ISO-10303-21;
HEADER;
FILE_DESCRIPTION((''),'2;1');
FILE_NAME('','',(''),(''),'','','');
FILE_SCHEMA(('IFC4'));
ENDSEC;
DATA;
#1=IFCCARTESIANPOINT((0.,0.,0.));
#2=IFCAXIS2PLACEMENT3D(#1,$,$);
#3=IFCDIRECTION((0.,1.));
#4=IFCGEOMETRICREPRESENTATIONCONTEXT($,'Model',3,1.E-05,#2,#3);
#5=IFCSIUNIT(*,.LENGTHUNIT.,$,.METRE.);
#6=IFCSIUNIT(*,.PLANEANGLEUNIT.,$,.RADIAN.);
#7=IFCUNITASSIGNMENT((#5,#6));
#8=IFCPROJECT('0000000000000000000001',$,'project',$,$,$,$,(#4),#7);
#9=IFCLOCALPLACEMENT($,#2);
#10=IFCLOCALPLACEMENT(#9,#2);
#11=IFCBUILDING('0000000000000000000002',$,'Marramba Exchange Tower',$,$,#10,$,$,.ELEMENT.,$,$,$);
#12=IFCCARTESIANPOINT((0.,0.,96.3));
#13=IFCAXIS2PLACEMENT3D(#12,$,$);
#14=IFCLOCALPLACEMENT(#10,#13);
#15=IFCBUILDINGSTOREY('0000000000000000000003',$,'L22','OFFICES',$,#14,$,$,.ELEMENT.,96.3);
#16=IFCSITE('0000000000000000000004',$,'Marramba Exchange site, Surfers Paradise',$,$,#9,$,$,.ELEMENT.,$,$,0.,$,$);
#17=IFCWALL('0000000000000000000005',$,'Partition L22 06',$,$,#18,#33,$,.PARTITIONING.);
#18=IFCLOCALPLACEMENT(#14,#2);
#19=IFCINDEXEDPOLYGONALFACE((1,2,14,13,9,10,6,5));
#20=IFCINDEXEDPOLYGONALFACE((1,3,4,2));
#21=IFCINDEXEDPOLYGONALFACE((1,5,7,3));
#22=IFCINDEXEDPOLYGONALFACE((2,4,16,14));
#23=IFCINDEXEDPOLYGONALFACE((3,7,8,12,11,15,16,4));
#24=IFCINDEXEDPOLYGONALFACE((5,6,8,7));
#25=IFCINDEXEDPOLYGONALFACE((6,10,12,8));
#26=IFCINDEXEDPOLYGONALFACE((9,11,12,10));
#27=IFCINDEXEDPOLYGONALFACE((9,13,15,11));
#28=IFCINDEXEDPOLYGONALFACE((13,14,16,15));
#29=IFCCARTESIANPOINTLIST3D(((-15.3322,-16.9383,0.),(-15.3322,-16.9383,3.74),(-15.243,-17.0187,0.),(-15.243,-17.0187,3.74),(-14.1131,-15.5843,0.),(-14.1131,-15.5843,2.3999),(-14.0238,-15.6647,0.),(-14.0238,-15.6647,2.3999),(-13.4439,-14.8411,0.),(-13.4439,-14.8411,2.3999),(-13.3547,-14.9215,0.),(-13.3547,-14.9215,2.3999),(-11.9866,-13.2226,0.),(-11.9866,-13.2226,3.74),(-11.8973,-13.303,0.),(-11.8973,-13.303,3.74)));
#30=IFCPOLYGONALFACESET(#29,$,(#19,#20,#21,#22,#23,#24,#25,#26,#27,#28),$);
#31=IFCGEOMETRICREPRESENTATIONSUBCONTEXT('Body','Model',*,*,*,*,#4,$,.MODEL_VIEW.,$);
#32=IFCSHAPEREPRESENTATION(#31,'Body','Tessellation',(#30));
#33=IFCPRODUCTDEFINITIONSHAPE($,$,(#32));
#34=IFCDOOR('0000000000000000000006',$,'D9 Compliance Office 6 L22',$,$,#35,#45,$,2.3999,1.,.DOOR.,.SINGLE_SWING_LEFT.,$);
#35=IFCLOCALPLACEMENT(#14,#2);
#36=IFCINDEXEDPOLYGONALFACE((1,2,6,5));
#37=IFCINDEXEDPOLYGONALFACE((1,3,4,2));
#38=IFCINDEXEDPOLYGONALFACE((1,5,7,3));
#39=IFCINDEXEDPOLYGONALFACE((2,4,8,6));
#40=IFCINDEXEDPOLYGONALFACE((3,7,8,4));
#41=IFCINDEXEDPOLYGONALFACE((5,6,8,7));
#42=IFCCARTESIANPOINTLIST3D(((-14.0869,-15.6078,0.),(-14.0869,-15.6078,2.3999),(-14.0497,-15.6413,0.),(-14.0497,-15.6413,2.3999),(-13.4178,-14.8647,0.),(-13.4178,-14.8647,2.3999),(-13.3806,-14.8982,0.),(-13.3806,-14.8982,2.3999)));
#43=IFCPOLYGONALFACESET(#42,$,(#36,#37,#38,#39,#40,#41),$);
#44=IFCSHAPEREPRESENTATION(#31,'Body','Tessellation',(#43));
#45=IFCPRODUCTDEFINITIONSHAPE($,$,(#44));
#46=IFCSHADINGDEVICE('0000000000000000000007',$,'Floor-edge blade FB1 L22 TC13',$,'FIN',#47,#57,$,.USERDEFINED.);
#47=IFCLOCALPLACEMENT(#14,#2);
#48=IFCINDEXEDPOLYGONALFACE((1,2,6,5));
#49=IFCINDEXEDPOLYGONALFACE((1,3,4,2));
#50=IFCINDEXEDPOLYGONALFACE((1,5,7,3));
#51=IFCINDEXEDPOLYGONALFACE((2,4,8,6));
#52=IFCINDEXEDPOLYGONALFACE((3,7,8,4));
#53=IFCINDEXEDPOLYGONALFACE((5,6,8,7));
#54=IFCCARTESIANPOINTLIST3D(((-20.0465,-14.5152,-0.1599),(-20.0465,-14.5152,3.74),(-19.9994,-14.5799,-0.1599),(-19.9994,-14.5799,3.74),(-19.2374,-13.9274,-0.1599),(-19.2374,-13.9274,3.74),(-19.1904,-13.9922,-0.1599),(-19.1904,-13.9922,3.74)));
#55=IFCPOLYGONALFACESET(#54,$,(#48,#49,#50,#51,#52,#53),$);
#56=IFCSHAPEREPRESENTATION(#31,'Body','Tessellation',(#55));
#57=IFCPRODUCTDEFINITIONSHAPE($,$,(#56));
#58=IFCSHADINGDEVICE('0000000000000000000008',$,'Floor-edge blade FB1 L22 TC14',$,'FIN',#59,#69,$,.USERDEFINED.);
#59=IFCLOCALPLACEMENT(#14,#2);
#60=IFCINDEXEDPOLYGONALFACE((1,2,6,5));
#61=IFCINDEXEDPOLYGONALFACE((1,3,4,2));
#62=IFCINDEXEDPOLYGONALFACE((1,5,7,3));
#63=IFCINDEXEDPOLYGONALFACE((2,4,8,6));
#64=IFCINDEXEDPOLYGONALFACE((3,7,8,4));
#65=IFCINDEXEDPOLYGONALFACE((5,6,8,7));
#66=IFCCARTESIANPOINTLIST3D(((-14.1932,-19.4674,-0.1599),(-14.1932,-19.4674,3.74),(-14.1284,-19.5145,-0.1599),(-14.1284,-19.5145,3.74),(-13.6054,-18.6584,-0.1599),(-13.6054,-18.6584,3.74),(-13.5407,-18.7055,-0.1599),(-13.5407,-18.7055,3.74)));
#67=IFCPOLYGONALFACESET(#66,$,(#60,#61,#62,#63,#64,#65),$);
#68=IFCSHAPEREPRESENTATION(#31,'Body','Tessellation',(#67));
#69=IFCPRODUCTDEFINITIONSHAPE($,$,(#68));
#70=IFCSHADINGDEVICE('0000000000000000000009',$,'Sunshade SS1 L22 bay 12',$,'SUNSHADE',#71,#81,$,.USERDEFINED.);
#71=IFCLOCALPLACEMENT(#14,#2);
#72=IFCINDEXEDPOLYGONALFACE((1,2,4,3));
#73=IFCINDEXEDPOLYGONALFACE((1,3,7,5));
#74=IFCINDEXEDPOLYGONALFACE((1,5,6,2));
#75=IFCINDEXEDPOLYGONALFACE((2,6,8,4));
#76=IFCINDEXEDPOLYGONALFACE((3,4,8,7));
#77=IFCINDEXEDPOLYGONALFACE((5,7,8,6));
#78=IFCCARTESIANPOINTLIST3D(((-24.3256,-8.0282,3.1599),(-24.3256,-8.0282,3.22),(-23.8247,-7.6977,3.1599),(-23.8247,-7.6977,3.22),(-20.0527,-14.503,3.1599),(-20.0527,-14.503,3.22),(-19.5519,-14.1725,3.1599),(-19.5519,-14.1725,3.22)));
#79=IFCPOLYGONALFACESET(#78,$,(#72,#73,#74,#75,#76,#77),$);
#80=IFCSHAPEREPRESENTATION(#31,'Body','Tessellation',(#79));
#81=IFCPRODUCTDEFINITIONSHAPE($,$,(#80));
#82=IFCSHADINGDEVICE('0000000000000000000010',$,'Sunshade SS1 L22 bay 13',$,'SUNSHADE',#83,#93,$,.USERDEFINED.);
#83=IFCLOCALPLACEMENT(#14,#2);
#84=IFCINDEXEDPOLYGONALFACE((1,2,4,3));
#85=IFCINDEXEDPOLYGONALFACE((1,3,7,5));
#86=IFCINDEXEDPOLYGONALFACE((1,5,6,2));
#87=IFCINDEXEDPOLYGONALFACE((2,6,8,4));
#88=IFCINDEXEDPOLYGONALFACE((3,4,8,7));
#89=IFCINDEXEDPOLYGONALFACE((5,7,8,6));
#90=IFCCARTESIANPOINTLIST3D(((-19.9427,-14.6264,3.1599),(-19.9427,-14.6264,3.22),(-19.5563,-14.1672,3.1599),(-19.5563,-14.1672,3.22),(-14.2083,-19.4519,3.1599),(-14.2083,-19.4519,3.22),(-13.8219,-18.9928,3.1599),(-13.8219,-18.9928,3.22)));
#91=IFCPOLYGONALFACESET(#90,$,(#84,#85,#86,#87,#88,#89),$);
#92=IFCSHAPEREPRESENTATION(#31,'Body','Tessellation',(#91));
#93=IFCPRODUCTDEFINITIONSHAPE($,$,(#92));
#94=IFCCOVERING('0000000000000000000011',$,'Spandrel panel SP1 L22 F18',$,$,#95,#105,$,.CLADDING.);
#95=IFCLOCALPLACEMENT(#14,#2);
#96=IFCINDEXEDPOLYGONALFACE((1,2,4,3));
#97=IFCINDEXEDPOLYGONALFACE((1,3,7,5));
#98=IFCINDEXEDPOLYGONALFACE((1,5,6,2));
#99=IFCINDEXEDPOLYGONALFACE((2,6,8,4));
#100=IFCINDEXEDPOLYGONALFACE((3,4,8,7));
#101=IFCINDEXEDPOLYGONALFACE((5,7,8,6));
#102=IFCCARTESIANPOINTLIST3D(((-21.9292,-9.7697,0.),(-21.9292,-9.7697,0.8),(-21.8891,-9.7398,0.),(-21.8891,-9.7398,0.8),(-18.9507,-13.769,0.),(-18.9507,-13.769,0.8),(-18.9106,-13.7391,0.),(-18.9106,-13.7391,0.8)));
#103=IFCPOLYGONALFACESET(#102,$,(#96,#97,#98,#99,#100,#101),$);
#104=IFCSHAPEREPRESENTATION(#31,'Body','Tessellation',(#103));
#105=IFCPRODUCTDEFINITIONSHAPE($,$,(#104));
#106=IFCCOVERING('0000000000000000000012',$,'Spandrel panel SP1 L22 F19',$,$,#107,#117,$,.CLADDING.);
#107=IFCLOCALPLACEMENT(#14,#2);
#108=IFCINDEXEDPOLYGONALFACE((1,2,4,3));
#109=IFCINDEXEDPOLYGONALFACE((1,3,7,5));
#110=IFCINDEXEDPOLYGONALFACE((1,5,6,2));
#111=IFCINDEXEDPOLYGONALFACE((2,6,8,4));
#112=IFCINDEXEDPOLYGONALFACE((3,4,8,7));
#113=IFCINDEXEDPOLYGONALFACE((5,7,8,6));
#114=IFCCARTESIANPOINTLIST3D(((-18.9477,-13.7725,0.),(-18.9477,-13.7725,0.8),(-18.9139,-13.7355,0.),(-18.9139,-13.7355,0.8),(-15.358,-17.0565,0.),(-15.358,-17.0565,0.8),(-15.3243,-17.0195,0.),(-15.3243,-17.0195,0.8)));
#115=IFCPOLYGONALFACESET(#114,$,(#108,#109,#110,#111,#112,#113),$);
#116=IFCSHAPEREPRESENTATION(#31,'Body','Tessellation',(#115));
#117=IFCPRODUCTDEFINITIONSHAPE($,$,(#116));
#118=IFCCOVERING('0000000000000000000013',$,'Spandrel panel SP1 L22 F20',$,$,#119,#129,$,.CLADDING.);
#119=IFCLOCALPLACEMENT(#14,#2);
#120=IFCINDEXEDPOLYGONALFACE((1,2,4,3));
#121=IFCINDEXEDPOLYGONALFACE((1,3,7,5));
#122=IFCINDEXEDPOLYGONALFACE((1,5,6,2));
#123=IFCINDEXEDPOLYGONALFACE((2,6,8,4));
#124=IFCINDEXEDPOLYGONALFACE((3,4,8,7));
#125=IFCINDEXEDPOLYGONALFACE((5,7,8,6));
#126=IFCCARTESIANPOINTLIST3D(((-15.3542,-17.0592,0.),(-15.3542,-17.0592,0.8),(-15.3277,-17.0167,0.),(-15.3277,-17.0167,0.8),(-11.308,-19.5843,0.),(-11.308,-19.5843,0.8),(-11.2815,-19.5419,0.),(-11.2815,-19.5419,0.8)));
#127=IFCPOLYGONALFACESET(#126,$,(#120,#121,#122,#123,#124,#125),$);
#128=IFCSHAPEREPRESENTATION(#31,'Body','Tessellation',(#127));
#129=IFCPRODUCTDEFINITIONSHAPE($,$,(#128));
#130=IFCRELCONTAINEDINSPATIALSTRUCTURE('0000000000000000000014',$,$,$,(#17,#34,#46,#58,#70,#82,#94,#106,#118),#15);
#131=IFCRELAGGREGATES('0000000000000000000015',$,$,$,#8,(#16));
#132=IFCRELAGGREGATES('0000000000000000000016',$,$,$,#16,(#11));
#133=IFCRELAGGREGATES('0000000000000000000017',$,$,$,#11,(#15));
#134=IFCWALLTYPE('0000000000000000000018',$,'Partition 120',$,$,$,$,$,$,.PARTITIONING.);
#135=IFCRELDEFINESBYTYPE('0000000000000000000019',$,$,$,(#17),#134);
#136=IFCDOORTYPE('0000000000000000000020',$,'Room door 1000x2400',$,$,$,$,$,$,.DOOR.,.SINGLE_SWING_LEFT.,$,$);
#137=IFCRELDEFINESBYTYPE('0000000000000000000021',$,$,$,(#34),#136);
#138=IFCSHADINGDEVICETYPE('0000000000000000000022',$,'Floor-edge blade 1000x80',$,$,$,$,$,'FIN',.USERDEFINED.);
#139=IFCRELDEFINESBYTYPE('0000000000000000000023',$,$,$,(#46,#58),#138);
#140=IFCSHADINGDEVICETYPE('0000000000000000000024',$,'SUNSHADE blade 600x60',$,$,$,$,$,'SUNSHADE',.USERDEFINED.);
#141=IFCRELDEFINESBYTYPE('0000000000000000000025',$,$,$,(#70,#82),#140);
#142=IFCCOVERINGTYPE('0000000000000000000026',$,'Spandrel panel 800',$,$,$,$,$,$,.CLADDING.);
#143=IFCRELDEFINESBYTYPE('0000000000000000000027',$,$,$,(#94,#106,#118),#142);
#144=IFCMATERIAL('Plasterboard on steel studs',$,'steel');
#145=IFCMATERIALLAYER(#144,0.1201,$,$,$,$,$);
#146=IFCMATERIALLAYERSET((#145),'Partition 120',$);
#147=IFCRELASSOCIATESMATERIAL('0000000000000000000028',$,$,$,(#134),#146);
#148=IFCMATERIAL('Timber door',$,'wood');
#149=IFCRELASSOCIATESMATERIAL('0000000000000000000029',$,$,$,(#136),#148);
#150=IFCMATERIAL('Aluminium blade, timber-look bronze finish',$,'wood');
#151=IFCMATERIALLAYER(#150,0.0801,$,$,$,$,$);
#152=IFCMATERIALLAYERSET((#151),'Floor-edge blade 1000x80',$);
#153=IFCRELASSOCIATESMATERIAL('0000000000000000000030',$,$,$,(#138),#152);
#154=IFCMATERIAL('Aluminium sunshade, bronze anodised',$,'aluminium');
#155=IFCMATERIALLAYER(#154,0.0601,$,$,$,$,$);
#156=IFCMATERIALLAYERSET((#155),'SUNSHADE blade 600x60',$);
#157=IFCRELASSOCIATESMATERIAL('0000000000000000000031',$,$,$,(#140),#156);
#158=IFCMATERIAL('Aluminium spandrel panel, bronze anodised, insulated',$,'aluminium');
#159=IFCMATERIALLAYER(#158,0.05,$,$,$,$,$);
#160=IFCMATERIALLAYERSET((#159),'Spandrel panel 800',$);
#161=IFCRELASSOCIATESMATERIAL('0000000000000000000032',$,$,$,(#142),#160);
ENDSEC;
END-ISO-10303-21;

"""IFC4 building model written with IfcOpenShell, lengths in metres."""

from ifc_helpers import new_model, si_unit, direction, frame, frame_2d, origin, origin_2d, place, context, subcontext, project, spatial, rectangle, extrude, material, layer, layer_set, type_object, element, fill, save


model = new_model("IFC4")

# Units and contexts
model_context = context("Model", 3, precision=1e-05, world=origin(), true_north=direction((0.0, 1.0)))
body_context = subcontext(model_context, "Body", "Model", "MODEL_VIEW")
ifc_project = project(units=[si_unit("LENGTHUNIT", "METRE"), si_unit("PLANEANGLEUNIT", "RADIAN")], contexts=[model_context])

# Site, building, storey
site_placement = place(None, origin())
site = spatial("IfcSite", under=ifc_project, at=site_placement, Name="Marramba Exchange site, Surfers Paradise", CompositionType="ELEMENT", RefElevation=0.0)
building_placement = place(site_placement, origin())
building = spatial("IfcBuilding", under=site, at=building_placement, Name="Marramba Exchange Tower", CompositionType="ELEMENT")
storey_placement = place(building_placement, frame((0.0, 0.0, 96.3)))
storey = spatial("IfcBuildingStorey", under=building, at=storey_placement, Name="L22", Description="OFFICES", CompositionType="ELEMENT", Elevation=96.3)

# Shared definitions
ifc_material_1 = material(Name="Plasterboard on steel studs", Category="steel")
ifc_layer_1 = layer(ifc_material_1, 0.1201)
ifc_layer_set_1 = layer_set([ifc_layer_1], Name="Partition 120")
wall_type = type_object("IfcWallType", Name="Partition 120", PredefinedType="PARTITIONING", material=ifc_layer_set_1)
ifc_material_2 = material(Name="Timber door", Category="wood")
door_type = type_object("IfcDoorType", Name="Room door 1000x2400", OperationType="SINGLE_SWING_LEFT", PredefinedType="DOOR", material=ifc_material_2)

# Wall, opening, door
wall_1_placement = place(storey_placement, frame((-15.2876, -16.9785, 0.0), z_axis=(0.0, 0.0, 1.0), x_axis=(0.669127, 0.743148, 0.0)))
wall_1 = element("IfcWall", 1, at=wall_1_placement, inside=storey, type_object=wall_type, Name="Partition L22 06", PredefinedType="PARTITIONING", context=body_context, shape_type="SweptSolid", body=[
    extrude(rectangle(XDim=5.0, YDim=0.1201, at=frame_2d((2.5, 0.0))), origin(), (0.0, 0.0, 1.0), 3.74),
])
opening_1_placement = place(wall_1_placement, frame((1.822, 0.0, 0.0)))
opening_1 = element("IfcOpeningElement", 2, at=opening_1_placement, cuts=wall_1, PredefinedType="OPENING", context=body_context, shape_type="SweptSolid", body=[
    extrude(rectangle(XDim=1.0, YDim=2.3999, at=frame_2d((0.5, 1.2))), frame((0.0, 0.0701, 0.0), z_axis=(0.0, -1.0, 0.0), x_axis=(1.0, 0.0, 0.0)), (0.0, 0.0, 1.0), 0.1401),
])
door_1_placement = place(opening_1_placement, origin())
door_1 = element("IfcDoor", 3, at=door_1_placement, inside=storey, type_object=door_type, Name="D9 Compliance Office 6 L22", OperationType="SINGLE_SWING_LEFT", OverallHeight=2.3999, OverallWidth=1.0, PredefinedType="DOOR", context=body_context, shape_type="SweptSolid", body=[
    extrude(rectangle(XDim=1.0, YDim=2.3999, at=frame_2d((0.5, 1.2))), frame((0.0, 0.0249, 0.0), z_axis=(0.0, -1.0, 0.0), x_axis=(1.0, 0.0, 0.0)), (0.0, 0.0, 1.0), 0.05),
])
fill(opening_1, door_1)

# Shading devices
ifc_material_3 = material(Name="Aluminium blade, timber-look bronze finish", Category="wood")
ifc_layer_2 = layer(ifc_material_3, 0.0801)
ifc_layer_set_2 = layer_set([ifc_layer_2], Name="Floor-edge blade 1000x80")
shading_device_type_1 = type_object("IfcShadingDeviceType", Name="Floor-edge blade 1000x80", ElementType="FIN", PredefinedType="USERDEFINED", material=ifc_layer_set_2)
for number, where, z_axis, x_axis, name in (
    (4, (-19.6184, -14.2537, -0.1599), (0.0, 0.0, 1.0), (-0.809017, -0.587785, 0.0), "Floor-edge blade FB1 L22 TC13"),
    (5, (-13.8669, -19.0864, -0.1599), (0.0, 0.0, 1.0), (-0.587785, -0.809017, 0.0), "Floor-edge blade FB1 L22 TC14"),
):
    element("IfcShadingDevice", number, at=place(storey_placement, frame(where, z_axis=z_axis, x_axis=x_axis)), inside=storey, type_object=shading_device_type_1, Name=name, ObjectType="FIN", PredefinedType="USERDEFINED", context=body_context, shape_type="SweptSolid", body=[
        extrude(rectangle(XDim=1.0, YDim=0.0801, at=origin_2d()), origin(), (0.0, 0.0, 1.0), 3.8999),
    ])
ifc_material_4 = material(Name="Aluminium sunshade, bronze anodised", Category="aluminium")
ifc_layer_3 = layer(ifc_material_4, 0.0601)
ifc_layer_set_3 = layer_set([ifc_layer_3], Name="SUNSHADE blade 600x60")
shading_device_type_2 = type_object("IfcShadingDeviceType", Name="SUNSHADE blade 600x60", ElementType="SUNSHADE", PredefinedType="USERDEFINED", material=ifc_layer_set_3)
shading_device_1_placement = place(storey_placement, frame((-21.9387, -11.1003, 3.1599), z_axis=(0.0, 0.0, 1.0), x_axis=(0.550792, -0.834642, 0.0)))
element("IfcShadingDevice", 6, at=shading_device_1_placement, inside=storey, type_object=shading_device_type_2, Name="Sunshade SS1 L22 bay 12", ObjectType="SUNSHADE", PredefinedType="USERDEFINED", context=body_context, shape_type="SweptSolid", body=[
    extrude(rectangle(XDim=7.7576, YDim=0.6001, at=origin_2d()), origin(), (0.0, 0.0, 1.0), 0.0601),
])
shading_device_2_placement = place(storey_placement, frame((-16.8823, -16.8096, 3.1599), z_axis=(0.0, 0.0, 1.0), x_axis=(0.765139, -0.643866, 0.0)))
element("IfcShadingDevice", 7, at=shading_device_2_placement, inside=storey, type_object=shading_device_type_2, Name="Sunshade SS1 L22 bay 13", ObjectType="SUNSHADE", PredefinedType="USERDEFINED", context=body_context, shape_type="SweptSolid", body=[
    extrude(rectangle(XDim=7.4946, YDim=0.6001, at=origin_2d()), origin(), (0.0, 0.0, 1.0), 0.0601),
])

# Coverings
ifc_material_5 = material(Name="Aluminium spandrel panel, bronze anodised, insulated", Category="aluminium")
ifc_layer_4 = layer(ifc_material_5, 0.05)
ifc_layer_set_4 = layer_set([ifc_layer_4], Name="Spandrel panel 800")
covering_type = type_object("IfcCoveringType", Name="Spandrel panel 800", PredefinedType="CLADDING", material=ifc_layer_set_4)
covering_1_placement = place(storey_placement, frame((-20.4199, -11.7544, 0.0), z_axis=(0.0, 0.0, 1.0), x_axis=(0.597305, -0.802014, 0.0)))
element("IfcCovering", 8, at=covering_1_placement, inside=storey, type_object=covering_type, Name="Spandrel panel SP1 L22 F18", PredefinedType="CLADDING", context=body_context, shape_type="SweptSolid", body=[
    extrude(rectangle(XDim=4.9866, YDim=0.05, at=origin_2d()), origin(), (0.0, 0.0, 1.0), 0.8),
])
covering_2_placement = place(storey_placement, frame((-17.136, -15.396, 0.0), z_axis=(0.0, 0.0, 1.0), x_axis=(0.737822, -0.674995, 0.0)))
element("IfcCovering", 9, at=covering_2_placement, inside=storey, type_object=covering_type, Name="Spandrel panel SP1 L22 F19", PredefinedType="CLADDING", context=body_context, shape_type="SweptSolid", body=[
    extrude(rectangle(XDim=4.8652, YDim=0.05, at=origin_2d()), origin(), (0.0, 0.0, 1.0), 0.8),
])
covering_3_placement = place(storey_placement, frame((-13.3179, -18.3005, 0.0), z_axis=(0.0, 0.0, 1.0), x_axis=(0.848355, -0.529428, 0.0)))
element("IfcCovering", 10, at=covering_3_placement, inside=storey, type_object=covering_type, Name="Spandrel panel SP1 L22 F20", PredefinedType="CLADDING", context=body_context, shape_type="SweptSolid", body=[
    extrude(rectangle(XDim=4.7695, YDim=0.05, at=origin_2d()), origin(), (0.0, 0.0, 1.0), 0.8),
])

save(model, "model.ifc")
